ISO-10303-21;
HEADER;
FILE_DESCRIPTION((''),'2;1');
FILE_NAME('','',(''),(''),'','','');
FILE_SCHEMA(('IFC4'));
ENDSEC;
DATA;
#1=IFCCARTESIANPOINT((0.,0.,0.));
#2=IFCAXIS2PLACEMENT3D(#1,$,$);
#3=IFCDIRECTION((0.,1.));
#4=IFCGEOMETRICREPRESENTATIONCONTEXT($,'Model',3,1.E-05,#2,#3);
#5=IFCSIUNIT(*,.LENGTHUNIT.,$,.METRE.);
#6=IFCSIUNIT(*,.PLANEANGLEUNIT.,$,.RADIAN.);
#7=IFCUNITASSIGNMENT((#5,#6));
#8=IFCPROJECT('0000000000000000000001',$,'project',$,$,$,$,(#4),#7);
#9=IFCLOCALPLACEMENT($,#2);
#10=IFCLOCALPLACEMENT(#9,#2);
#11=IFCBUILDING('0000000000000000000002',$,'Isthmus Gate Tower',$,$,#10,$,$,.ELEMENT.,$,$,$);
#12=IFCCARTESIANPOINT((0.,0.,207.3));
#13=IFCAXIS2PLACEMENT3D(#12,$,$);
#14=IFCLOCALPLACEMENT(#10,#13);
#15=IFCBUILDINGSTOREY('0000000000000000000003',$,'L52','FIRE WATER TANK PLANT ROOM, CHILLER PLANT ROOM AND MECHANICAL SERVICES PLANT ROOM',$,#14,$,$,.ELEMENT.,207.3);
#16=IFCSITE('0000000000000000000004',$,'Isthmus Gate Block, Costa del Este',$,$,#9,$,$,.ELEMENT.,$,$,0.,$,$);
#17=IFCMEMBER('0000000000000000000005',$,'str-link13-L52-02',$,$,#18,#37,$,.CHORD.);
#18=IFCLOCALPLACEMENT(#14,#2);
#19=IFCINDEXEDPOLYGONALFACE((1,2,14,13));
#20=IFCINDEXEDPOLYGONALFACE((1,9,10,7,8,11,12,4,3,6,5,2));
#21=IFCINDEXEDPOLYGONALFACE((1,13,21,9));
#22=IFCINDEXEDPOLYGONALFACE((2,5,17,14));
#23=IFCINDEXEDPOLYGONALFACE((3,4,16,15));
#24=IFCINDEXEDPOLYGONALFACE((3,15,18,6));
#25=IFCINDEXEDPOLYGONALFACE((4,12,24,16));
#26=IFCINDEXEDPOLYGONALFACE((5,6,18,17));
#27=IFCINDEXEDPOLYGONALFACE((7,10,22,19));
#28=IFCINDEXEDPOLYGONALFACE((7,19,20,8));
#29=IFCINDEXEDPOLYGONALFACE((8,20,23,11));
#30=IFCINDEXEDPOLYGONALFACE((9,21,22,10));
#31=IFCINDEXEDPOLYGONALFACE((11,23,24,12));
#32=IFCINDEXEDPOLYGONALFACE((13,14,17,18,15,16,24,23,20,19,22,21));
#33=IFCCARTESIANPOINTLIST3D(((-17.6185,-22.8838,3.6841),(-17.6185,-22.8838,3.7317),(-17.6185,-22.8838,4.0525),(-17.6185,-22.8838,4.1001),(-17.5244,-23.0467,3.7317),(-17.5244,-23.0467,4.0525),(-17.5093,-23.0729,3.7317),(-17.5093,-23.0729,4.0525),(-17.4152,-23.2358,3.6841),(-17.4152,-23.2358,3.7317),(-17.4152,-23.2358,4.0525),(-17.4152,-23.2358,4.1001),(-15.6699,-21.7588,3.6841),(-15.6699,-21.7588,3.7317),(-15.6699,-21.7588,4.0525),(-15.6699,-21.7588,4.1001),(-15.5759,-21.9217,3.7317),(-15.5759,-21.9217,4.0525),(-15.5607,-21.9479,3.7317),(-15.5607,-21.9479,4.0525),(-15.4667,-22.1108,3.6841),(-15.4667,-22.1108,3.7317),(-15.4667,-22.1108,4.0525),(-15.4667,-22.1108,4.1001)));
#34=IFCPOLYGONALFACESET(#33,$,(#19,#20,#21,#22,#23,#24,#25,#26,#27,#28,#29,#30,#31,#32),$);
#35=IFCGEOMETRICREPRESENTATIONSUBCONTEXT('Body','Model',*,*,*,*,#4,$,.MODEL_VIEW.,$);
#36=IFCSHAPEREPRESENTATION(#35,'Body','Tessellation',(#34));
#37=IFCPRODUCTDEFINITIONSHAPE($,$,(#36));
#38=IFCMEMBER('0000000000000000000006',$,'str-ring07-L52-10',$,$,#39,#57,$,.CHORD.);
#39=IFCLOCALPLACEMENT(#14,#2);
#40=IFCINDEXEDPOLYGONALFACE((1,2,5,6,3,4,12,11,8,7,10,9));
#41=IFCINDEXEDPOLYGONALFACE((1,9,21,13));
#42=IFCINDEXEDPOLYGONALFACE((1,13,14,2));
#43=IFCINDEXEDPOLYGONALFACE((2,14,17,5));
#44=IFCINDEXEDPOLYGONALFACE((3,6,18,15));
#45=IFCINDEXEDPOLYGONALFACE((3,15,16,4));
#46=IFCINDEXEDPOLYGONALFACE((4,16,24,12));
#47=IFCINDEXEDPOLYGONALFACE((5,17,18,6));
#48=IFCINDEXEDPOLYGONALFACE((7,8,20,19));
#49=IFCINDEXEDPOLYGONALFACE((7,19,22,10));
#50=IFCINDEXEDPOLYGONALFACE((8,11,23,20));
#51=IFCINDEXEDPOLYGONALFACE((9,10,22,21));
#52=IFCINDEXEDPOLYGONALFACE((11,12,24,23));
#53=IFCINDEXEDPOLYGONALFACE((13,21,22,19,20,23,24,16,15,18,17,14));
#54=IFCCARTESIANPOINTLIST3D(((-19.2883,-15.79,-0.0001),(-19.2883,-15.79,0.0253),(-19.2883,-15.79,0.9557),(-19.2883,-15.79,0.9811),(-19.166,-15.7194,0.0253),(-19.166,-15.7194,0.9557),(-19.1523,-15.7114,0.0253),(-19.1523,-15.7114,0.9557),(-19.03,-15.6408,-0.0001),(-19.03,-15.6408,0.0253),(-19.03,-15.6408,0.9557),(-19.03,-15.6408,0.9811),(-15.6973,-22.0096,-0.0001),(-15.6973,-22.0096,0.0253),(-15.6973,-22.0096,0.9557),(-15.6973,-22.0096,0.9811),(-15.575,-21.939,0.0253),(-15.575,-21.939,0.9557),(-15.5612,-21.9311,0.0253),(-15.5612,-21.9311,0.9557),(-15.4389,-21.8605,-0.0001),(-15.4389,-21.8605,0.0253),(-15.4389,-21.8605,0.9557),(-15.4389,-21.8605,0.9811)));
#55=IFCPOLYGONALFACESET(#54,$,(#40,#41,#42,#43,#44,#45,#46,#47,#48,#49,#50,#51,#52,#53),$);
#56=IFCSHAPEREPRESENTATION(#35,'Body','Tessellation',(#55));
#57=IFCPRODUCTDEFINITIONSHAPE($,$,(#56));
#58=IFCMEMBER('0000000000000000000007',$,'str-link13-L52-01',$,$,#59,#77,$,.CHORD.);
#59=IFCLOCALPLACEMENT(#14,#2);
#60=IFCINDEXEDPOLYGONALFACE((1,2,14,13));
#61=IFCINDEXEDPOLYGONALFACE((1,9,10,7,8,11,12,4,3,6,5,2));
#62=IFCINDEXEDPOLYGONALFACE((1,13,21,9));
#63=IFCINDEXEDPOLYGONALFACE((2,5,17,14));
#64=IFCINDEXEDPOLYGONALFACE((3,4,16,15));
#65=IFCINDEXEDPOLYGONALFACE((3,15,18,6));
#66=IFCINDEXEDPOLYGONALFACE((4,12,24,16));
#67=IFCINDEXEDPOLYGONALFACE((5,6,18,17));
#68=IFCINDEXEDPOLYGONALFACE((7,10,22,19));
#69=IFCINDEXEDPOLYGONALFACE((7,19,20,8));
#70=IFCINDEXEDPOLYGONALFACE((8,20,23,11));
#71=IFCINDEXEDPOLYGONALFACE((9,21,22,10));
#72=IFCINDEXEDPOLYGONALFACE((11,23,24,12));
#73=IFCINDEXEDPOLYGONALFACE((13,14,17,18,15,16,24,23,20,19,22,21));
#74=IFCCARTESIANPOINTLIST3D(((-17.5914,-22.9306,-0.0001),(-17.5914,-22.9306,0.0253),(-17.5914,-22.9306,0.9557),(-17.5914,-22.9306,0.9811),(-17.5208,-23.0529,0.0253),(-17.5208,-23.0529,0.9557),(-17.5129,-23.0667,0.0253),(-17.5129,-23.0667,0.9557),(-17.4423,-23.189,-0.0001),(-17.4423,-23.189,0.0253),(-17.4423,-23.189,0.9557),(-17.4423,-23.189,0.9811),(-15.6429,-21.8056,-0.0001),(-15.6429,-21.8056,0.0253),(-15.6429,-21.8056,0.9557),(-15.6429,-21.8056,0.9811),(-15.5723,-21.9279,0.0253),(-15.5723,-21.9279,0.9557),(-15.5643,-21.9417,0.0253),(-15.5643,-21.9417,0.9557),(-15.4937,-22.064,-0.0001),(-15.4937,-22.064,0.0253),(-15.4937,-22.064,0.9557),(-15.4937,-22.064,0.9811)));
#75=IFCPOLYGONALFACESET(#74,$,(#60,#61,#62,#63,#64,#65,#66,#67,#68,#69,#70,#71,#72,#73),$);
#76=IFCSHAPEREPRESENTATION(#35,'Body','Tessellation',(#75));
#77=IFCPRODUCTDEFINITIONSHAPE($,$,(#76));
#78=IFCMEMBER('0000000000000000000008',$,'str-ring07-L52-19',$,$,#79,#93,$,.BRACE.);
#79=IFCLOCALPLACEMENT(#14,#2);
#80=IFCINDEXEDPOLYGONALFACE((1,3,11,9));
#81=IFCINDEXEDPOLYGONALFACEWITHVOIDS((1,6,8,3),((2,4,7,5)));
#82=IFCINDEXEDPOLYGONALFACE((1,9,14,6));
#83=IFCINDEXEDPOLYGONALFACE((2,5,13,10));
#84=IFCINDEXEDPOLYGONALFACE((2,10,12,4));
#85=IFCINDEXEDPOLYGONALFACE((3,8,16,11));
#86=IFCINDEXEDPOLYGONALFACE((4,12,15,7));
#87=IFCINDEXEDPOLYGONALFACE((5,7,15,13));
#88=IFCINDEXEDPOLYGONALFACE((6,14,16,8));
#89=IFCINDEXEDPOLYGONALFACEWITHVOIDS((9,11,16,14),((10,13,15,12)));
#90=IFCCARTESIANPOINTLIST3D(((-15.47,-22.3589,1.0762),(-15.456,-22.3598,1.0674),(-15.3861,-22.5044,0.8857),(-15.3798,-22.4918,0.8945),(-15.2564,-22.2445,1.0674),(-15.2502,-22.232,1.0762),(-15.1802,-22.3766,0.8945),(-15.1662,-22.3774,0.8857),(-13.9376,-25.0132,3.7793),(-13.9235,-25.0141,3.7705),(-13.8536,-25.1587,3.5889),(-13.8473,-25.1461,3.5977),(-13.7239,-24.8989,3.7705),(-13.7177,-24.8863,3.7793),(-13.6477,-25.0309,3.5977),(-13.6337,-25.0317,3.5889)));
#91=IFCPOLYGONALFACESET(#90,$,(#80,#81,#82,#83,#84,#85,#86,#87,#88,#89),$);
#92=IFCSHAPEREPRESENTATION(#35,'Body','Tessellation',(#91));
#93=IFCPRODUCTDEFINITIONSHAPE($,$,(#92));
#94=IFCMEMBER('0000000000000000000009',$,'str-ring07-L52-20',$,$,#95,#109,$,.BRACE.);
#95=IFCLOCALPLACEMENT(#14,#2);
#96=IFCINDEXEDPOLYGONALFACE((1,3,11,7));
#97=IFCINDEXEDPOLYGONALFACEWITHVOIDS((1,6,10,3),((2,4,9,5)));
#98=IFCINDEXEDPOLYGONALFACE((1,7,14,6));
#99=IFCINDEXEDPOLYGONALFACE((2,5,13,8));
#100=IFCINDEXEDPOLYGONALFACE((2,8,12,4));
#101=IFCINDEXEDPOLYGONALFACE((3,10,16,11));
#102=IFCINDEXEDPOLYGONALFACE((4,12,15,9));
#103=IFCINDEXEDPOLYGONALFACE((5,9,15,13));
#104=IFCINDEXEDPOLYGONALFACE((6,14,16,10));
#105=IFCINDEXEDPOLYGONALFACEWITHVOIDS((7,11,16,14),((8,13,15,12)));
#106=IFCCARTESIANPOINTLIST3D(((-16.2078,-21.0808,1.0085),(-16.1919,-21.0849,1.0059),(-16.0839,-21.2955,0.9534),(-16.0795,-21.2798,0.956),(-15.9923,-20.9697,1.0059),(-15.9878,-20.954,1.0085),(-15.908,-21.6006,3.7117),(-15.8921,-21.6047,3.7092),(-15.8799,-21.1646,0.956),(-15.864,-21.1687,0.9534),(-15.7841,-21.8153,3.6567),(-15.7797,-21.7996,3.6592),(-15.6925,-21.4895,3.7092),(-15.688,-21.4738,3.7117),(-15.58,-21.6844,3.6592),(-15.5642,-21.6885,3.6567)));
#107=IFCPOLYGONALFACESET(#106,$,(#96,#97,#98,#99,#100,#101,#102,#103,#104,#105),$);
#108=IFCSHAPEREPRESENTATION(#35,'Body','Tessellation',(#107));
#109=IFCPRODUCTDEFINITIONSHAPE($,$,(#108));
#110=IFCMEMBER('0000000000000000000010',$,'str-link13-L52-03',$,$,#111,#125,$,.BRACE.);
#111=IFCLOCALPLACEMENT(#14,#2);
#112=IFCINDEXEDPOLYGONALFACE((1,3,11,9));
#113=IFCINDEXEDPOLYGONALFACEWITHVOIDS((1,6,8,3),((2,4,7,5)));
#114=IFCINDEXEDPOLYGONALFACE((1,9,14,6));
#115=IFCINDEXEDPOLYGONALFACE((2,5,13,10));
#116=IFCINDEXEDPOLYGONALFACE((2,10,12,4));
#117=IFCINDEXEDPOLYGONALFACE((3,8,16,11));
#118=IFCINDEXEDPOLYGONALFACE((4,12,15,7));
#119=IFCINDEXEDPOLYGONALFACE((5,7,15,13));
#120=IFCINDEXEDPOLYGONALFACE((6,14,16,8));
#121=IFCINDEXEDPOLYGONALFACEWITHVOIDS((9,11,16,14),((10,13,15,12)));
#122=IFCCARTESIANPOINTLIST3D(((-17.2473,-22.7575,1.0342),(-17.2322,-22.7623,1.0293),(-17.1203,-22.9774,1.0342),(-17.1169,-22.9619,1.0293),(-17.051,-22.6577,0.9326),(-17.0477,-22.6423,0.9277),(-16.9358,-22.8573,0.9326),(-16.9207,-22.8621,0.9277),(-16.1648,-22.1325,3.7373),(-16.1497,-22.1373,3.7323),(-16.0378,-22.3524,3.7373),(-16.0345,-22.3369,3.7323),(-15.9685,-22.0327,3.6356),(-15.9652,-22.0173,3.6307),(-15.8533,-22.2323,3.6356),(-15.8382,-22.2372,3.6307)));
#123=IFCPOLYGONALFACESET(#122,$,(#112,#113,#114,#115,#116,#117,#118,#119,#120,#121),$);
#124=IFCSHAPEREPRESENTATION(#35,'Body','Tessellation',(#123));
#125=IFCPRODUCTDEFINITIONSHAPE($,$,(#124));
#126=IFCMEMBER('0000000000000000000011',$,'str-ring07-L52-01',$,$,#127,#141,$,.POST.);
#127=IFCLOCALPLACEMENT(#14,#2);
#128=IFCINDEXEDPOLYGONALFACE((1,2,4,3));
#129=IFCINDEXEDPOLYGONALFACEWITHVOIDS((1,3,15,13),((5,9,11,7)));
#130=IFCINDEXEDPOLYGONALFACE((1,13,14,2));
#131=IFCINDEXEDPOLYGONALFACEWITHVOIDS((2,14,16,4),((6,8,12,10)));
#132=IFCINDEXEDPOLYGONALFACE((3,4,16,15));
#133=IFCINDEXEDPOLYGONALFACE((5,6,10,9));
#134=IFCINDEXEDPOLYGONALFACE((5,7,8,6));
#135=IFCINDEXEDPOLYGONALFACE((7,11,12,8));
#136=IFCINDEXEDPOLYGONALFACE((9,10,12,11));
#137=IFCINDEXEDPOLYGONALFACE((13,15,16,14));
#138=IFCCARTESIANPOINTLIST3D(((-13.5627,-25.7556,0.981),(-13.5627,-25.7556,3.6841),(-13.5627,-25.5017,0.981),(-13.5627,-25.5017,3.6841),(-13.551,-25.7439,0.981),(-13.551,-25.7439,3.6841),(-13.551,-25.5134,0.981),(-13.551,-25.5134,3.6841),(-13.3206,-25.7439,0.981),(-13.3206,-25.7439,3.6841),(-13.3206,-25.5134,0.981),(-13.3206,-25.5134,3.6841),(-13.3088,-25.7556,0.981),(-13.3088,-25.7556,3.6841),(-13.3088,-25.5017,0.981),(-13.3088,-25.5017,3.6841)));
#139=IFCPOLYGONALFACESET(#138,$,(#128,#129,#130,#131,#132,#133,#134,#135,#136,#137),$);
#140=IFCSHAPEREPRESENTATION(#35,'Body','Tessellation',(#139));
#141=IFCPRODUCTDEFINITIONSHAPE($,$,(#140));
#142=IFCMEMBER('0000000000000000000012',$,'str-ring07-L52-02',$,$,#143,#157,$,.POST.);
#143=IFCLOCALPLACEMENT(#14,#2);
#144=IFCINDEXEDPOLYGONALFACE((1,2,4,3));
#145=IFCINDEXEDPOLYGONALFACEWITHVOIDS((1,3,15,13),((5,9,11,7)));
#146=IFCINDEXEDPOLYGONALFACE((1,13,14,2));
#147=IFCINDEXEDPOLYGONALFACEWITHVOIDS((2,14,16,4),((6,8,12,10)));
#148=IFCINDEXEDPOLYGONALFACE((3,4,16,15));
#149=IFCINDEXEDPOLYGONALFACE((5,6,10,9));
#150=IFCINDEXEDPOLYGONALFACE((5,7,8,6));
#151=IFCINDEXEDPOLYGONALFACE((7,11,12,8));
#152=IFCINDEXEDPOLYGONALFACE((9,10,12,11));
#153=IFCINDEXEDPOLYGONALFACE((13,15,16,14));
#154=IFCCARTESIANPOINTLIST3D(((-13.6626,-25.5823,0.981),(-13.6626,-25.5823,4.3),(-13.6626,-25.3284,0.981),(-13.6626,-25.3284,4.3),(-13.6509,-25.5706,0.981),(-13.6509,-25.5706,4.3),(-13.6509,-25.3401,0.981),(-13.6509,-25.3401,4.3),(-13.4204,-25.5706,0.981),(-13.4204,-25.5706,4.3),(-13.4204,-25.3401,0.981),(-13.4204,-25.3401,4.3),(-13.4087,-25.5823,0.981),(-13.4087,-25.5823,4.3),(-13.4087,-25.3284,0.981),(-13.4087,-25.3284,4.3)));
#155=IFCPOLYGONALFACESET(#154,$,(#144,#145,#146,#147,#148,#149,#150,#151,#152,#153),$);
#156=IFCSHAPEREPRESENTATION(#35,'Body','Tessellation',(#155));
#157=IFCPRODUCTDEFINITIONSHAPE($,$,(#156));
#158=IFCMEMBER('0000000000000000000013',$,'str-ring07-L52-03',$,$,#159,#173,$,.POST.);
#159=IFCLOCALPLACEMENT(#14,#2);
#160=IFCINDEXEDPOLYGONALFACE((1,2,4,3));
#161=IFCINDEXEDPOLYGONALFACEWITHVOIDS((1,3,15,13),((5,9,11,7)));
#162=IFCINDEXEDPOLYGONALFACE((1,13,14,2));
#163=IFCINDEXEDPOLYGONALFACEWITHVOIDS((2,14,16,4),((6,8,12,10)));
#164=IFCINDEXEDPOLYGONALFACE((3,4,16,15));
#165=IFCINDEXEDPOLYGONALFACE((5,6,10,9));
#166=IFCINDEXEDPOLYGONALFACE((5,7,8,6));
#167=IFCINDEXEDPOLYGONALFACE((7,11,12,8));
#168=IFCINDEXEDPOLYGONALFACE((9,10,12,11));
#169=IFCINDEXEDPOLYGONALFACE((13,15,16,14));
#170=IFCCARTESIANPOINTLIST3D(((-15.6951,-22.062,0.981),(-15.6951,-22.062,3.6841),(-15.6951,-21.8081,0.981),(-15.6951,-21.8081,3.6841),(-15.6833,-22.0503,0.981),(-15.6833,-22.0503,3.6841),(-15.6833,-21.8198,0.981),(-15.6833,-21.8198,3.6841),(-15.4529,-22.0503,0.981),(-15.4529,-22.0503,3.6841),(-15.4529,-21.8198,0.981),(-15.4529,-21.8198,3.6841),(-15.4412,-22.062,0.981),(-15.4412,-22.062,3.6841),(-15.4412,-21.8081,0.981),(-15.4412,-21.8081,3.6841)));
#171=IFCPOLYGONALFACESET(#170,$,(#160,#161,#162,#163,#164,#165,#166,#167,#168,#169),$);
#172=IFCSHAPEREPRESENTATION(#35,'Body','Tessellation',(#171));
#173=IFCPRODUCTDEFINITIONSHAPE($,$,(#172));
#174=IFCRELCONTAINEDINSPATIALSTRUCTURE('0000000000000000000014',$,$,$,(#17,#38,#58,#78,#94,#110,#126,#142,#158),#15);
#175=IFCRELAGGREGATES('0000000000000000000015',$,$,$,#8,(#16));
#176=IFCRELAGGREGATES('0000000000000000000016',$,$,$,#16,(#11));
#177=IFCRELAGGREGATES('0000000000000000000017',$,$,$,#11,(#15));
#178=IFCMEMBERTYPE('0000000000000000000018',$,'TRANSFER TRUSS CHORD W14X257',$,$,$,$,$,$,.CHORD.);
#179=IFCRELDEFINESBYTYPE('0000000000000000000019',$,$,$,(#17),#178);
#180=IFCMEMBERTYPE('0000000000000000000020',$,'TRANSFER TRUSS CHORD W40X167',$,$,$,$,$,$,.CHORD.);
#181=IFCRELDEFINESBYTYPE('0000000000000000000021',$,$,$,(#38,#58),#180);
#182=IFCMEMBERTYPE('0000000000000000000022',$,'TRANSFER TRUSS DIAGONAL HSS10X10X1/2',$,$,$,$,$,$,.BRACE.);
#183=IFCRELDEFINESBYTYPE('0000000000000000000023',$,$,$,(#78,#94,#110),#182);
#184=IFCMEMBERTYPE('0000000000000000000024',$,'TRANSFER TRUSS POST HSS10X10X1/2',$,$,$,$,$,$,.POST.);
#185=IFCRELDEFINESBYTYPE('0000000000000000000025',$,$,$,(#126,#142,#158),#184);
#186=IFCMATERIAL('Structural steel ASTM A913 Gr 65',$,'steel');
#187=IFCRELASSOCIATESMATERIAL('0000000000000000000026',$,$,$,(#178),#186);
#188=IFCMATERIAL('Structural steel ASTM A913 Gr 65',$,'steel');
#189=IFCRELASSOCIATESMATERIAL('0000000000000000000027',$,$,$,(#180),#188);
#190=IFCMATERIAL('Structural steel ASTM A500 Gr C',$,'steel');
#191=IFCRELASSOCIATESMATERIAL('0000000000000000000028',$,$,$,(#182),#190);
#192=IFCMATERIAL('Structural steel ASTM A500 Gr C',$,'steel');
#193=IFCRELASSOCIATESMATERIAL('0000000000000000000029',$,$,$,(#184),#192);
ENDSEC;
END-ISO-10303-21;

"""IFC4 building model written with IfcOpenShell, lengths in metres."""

from ifc_helpers import new_model, si_unit, direction, frame, origin, origin_2d, place, context, subcontext, project, spatial, hollow_rectangle, i_section, extrude, material, material_profile, profile_set, type_object, element, save


model = new_model("IFC4")

# Units and contexts
model_context = context("Model", 3, precision=1e-05, world=origin(), true_north=direction((0.0, 1.0)))
body_context = subcontext(model_context, "Body", "Model", "MODEL_VIEW")
ifc_project = project(units=[si_unit("LENGTHUNIT", "METRE"), si_unit("PLANEANGLEUNIT", "RADIAN")], contexts=[model_context])

# Site, building, storey
site_placement = place(None, origin())
site = spatial("IfcSite", under=ifc_project, at=site_placement, Name="Isthmus Gate Block, Costa del Este", CompositionType="ELEMENT", RefElevation=0.0)
building_placement = place(site_placement, origin())
building = spatial("IfcBuilding", under=site, at=building_placement, Name="Isthmus Gate Tower", CompositionType="ELEMENT")
storey_placement = place(building_placement, frame((0.0, 0.0, 207.3)))
storey = spatial("IfcBuildingStorey", under=building, at=storey_placement, Name="L52", Description="FIRE WATER TANK PLANT ROOM, CHILLER PLANT ROOM AND MECHANICAL SERVICES PLANT ROOM", CompositionType="ELEMENT", Elevation=207.3)

# Members
ifc_material_1 = material(Name="Structural steel ASTM A913 Gr 65", Category="steel")
ifc_material_profile_1 = material_profile(ifc_material_1, i_section(OverallWidth=0.4065, OverallDepth=0.416, WebThickness=0.0303, FlangeThickness=0.0476, at=origin_2d()), Name="W14X257")
ifc_profile_set_1 = profile_set([ifc_material_profile_1], Name="Structural steel ASTM A913 Gr 65")
member_type_1 = type_object("IfcMemberType", Name="TRANSFER TRUSS CHORD W14X257", PredefinedType="CHORD", material=ifc_profile_set_1)
member_1_placement = place(storey_placement, frame((-17.5168, -23.0598, 3.8921), z_axis=(0.866018, 0.500014, 0.0), x_axis=(-0.500014, 0.866018, 0.0)))
element("IfcMember", 1, at=member_1_placement, inside=storey, type_object=member_type_1, Name="str-link13-L52-02", PredefinedType="CHORD", context=body_context, shape_type="SweptSolid", body=[
    extrude(i_section(OverallWidth=0.4065, OverallDepth=0.416, WebThickness=0.0303, FlangeThickness=0.0476, at=origin_2d()), origin(), (0.0, 0.0, 1.0), 2.25),
])
ifc_material_2 = material(Name="Structural steel ASTM A913 Gr 65", Category="steel")
ifc_material_profile_2 = material_profile(ifc_material_2, i_section(OverallWidth=0.2983, OverallDepth=0.9812, WebThickness=0.0159, FlangeThickness=0.0254, at=origin_2d()), Name="W40X167")
ifc_profile_set_2 = profile_set([ifc_material_profile_2], Name="Structural steel ASTM A913 Gr 65")
member_type_2 = type_object("IfcMemberType", Name="TRANSFER TRUSS CHORD W40X167", PredefinedType="CHORD", material=ifc_profile_set_2)
member_2_placement = place(storey_placement, frame((-15.5681, -21.9351, 0.4905), z_axis=(-0.500011, 0.866019, 0.0), x_axis=(-0.866019, -0.500011, 0.0)))
element("IfcMember", 2, at=member_2_placement, inside=storey, type_object=member_type_2, Name="str-ring07-L52-10", PredefinedType="CHORD", context=body_context, shape_type="SweptSolid", body=[
    extrude(i_section(OverallWidth=0.2983, OverallDepth=0.9812, WebThickness=0.0159, FlangeThickness=0.0254, at=origin_2d()), origin(), (0.0, 0.0, 1.0), 7.1819),
])
member_3_placement = place(storey_placement, frame((-17.5168, -23.0598, 0.4905), z_axis=(0.866018, 0.500014, 0.0), x_axis=(-0.500014, 0.866018, 0.0)))
element("IfcMember", 3, at=member_3_placement, inside=storey, type_object=member_type_2, Name="str-link13-L52-01", PredefinedType="CHORD", context=body_context, shape_type="SweptSolid", body=[
    extrude(i_section(OverallWidth=0.2983, OverallDepth=0.9812, WebThickness=0.0159, FlangeThickness=0.0254, at=origin_2d()), origin(), (0.0, 0.0, 1.0), 2.25),
])
ifc_material_3 = material(Name="Structural steel ASTM A500 Gr C", Category="steel")
ifc_material_profile_3 = material_profile(ifc_material_3, hollow_rectangle(XDim=0.2539, YDim=0.2539, WallThickness=0.0117, at=origin_2d()), Name="HSS10X10X1/2")
ifc_profile_set_3 = profile_set([ifc_material_profile_3], Name="Structural steel ASTM A500 Gr C")
member_type_3 = type_object("IfcMemberType", Name="TRANSFER TRUSS DIAGONAL HSS10X10X1/2", PredefinedType="BRACE", material=ifc_profile_set_3)
member_4_placement = place(storey_placement, frame((-15.3181, -22.3682, 0.981), z_axis=(0.374995, -0.649506, 0.661454), x_axis=(0.866024, 0.500003, 0.0)))
element("IfcMember", 4, at=member_4_placement, inside=storey, type_object=member_type_3, Name="str-ring07-L52-19", PredefinedType="BRACE", context=body_context, shape_type="SweptSolid", body=[
    extrude(hollow_rectangle(XDim=0.2539, YDim=0.2539, WallThickness=0.0117, at=origin_2d()), origin(), (0.0, 0.0, 1.0), 4.0867),
])
member_5_placement = place(storey_placement, frame((-16.0359, -21.1248, 0.981), z_axis=(0.108275, -0.187718, 0.976237), x_axis=(0.866233, 0.49964, 0.0)))
element("IfcMember", 5, at=member_5_placement, inside=storey, type_object=member_type_3, Name="str-ring07-L52-20", PredefinedType="BRACE", context=body_context, shape_type="SweptSolid", body=[
    extrude(hollow_rectangle(XDim=0.2539, YDim=0.2539, WallThickness=0.0117, at=origin_2d()), origin(), (0.0, 0.0, 1.0), 2.769),
])
member_6_placement = place(storey_placement, frame((-17.084, -22.8098, 0.981), z_axis=(0.363488, 0.209862, 0.907653), x_axis=(-0.500004, 0.866023, 0.0)))
element("IfcMember", 6, at=member_6_placement, inside=storey, type_object=member_type_3, Name="str-link13-L52-03", PredefinedType="BRACE", context=body_context, shape_type="SweptSolid", body=[
    extrude(hollow_rectangle(XDim=0.2539, YDim=0.2539, WallThickness=0.0117, at=origin_2d()), origin(), (0.0, 0.0, 1.0), 2.978),
])
ifc_material_4 = material(Name="Structural steel ASTM A500 Gr C", Category="steel")
ifc_material_profile_4 = material_profile(ifc_material_4, hollow_rectangle(XDim=0.2539, YDim=0.2539, WallThickness=0.0117, at=origin_2d()), Name="HSS10X10X1/2")
ifc_profile_set_4 = profile_set([ifc_material_profile_4], Name="Structural steel ASTM A500 Gr C")
member_type_4 = type_object("IfcMemberType", Name="TRANSFER TRUSS POST HSS10X10X1/2", PredefinedType="POST", material=ifc_profile_set_4)
member_7_placement = place(storey_placement, frame((-13.4358, -25.6287, 0.981), z_axis=(0.0, 0.0, 1.0), x_axis=(1.0, 0.0, 0.0)))
element("IfcMember", 7, at=member_7_placement, inside=storey, type_object=member_type_4, Name="str-ring07-L52-01", PredefinedType="POST", context=body_context, shape_type="SweptSolid", body=[
    extrude(hollow_rectangle(XDim=0.2539, YDim=0.2539, WallThickness=0.0117, at=origin_2d()), origin(), (0.0, 0.0, 1.0), 2.7031),
])
member_8_placement = place(storey_placement, frame((-13.5356, -25.4553, 0.981), z_axis=(0.0, 0.0, 1.0), x_axis=(1.0, 0.0, 0.0)))
element("IfcMember", 8, at=member_8_placement, inside=storey, type_object=member_type_4, Name="str-ring07-L52-02", PredefinedType="POST", context=body_context, shape_type="SweptSolid", body=[
    extrude(hollow_rectangle(XDim=0.2539, YDim=0.2539, WallThickness=0.0117, at=origin_2d()), origin(), (0.0, 0.0, 1.0), 3.3191),
])
member_9_placement = place(storey_placement, frame((-15.5681, -21.9351, 0.981), z_axis=(0.0, 0.0, 1.0), x_axis=(1.0, 0.0, 0.0)))
element("IfcMember", 9, at=member_9_placement, inside=storey, type_object=member_type_4, Name="str-ring07-L52-03", PredefinedType="POST", context=body_context, shape_type="SweptSolid", body=[
    extrude(hollow_rectangle(XDim=0.2539, YDim=0.2539, WallThickness=0.0117, at=origin_2d()), origin(), (0.0, 0.0, 1.0), 2.7031),
])

save(model, "model.ifc")
